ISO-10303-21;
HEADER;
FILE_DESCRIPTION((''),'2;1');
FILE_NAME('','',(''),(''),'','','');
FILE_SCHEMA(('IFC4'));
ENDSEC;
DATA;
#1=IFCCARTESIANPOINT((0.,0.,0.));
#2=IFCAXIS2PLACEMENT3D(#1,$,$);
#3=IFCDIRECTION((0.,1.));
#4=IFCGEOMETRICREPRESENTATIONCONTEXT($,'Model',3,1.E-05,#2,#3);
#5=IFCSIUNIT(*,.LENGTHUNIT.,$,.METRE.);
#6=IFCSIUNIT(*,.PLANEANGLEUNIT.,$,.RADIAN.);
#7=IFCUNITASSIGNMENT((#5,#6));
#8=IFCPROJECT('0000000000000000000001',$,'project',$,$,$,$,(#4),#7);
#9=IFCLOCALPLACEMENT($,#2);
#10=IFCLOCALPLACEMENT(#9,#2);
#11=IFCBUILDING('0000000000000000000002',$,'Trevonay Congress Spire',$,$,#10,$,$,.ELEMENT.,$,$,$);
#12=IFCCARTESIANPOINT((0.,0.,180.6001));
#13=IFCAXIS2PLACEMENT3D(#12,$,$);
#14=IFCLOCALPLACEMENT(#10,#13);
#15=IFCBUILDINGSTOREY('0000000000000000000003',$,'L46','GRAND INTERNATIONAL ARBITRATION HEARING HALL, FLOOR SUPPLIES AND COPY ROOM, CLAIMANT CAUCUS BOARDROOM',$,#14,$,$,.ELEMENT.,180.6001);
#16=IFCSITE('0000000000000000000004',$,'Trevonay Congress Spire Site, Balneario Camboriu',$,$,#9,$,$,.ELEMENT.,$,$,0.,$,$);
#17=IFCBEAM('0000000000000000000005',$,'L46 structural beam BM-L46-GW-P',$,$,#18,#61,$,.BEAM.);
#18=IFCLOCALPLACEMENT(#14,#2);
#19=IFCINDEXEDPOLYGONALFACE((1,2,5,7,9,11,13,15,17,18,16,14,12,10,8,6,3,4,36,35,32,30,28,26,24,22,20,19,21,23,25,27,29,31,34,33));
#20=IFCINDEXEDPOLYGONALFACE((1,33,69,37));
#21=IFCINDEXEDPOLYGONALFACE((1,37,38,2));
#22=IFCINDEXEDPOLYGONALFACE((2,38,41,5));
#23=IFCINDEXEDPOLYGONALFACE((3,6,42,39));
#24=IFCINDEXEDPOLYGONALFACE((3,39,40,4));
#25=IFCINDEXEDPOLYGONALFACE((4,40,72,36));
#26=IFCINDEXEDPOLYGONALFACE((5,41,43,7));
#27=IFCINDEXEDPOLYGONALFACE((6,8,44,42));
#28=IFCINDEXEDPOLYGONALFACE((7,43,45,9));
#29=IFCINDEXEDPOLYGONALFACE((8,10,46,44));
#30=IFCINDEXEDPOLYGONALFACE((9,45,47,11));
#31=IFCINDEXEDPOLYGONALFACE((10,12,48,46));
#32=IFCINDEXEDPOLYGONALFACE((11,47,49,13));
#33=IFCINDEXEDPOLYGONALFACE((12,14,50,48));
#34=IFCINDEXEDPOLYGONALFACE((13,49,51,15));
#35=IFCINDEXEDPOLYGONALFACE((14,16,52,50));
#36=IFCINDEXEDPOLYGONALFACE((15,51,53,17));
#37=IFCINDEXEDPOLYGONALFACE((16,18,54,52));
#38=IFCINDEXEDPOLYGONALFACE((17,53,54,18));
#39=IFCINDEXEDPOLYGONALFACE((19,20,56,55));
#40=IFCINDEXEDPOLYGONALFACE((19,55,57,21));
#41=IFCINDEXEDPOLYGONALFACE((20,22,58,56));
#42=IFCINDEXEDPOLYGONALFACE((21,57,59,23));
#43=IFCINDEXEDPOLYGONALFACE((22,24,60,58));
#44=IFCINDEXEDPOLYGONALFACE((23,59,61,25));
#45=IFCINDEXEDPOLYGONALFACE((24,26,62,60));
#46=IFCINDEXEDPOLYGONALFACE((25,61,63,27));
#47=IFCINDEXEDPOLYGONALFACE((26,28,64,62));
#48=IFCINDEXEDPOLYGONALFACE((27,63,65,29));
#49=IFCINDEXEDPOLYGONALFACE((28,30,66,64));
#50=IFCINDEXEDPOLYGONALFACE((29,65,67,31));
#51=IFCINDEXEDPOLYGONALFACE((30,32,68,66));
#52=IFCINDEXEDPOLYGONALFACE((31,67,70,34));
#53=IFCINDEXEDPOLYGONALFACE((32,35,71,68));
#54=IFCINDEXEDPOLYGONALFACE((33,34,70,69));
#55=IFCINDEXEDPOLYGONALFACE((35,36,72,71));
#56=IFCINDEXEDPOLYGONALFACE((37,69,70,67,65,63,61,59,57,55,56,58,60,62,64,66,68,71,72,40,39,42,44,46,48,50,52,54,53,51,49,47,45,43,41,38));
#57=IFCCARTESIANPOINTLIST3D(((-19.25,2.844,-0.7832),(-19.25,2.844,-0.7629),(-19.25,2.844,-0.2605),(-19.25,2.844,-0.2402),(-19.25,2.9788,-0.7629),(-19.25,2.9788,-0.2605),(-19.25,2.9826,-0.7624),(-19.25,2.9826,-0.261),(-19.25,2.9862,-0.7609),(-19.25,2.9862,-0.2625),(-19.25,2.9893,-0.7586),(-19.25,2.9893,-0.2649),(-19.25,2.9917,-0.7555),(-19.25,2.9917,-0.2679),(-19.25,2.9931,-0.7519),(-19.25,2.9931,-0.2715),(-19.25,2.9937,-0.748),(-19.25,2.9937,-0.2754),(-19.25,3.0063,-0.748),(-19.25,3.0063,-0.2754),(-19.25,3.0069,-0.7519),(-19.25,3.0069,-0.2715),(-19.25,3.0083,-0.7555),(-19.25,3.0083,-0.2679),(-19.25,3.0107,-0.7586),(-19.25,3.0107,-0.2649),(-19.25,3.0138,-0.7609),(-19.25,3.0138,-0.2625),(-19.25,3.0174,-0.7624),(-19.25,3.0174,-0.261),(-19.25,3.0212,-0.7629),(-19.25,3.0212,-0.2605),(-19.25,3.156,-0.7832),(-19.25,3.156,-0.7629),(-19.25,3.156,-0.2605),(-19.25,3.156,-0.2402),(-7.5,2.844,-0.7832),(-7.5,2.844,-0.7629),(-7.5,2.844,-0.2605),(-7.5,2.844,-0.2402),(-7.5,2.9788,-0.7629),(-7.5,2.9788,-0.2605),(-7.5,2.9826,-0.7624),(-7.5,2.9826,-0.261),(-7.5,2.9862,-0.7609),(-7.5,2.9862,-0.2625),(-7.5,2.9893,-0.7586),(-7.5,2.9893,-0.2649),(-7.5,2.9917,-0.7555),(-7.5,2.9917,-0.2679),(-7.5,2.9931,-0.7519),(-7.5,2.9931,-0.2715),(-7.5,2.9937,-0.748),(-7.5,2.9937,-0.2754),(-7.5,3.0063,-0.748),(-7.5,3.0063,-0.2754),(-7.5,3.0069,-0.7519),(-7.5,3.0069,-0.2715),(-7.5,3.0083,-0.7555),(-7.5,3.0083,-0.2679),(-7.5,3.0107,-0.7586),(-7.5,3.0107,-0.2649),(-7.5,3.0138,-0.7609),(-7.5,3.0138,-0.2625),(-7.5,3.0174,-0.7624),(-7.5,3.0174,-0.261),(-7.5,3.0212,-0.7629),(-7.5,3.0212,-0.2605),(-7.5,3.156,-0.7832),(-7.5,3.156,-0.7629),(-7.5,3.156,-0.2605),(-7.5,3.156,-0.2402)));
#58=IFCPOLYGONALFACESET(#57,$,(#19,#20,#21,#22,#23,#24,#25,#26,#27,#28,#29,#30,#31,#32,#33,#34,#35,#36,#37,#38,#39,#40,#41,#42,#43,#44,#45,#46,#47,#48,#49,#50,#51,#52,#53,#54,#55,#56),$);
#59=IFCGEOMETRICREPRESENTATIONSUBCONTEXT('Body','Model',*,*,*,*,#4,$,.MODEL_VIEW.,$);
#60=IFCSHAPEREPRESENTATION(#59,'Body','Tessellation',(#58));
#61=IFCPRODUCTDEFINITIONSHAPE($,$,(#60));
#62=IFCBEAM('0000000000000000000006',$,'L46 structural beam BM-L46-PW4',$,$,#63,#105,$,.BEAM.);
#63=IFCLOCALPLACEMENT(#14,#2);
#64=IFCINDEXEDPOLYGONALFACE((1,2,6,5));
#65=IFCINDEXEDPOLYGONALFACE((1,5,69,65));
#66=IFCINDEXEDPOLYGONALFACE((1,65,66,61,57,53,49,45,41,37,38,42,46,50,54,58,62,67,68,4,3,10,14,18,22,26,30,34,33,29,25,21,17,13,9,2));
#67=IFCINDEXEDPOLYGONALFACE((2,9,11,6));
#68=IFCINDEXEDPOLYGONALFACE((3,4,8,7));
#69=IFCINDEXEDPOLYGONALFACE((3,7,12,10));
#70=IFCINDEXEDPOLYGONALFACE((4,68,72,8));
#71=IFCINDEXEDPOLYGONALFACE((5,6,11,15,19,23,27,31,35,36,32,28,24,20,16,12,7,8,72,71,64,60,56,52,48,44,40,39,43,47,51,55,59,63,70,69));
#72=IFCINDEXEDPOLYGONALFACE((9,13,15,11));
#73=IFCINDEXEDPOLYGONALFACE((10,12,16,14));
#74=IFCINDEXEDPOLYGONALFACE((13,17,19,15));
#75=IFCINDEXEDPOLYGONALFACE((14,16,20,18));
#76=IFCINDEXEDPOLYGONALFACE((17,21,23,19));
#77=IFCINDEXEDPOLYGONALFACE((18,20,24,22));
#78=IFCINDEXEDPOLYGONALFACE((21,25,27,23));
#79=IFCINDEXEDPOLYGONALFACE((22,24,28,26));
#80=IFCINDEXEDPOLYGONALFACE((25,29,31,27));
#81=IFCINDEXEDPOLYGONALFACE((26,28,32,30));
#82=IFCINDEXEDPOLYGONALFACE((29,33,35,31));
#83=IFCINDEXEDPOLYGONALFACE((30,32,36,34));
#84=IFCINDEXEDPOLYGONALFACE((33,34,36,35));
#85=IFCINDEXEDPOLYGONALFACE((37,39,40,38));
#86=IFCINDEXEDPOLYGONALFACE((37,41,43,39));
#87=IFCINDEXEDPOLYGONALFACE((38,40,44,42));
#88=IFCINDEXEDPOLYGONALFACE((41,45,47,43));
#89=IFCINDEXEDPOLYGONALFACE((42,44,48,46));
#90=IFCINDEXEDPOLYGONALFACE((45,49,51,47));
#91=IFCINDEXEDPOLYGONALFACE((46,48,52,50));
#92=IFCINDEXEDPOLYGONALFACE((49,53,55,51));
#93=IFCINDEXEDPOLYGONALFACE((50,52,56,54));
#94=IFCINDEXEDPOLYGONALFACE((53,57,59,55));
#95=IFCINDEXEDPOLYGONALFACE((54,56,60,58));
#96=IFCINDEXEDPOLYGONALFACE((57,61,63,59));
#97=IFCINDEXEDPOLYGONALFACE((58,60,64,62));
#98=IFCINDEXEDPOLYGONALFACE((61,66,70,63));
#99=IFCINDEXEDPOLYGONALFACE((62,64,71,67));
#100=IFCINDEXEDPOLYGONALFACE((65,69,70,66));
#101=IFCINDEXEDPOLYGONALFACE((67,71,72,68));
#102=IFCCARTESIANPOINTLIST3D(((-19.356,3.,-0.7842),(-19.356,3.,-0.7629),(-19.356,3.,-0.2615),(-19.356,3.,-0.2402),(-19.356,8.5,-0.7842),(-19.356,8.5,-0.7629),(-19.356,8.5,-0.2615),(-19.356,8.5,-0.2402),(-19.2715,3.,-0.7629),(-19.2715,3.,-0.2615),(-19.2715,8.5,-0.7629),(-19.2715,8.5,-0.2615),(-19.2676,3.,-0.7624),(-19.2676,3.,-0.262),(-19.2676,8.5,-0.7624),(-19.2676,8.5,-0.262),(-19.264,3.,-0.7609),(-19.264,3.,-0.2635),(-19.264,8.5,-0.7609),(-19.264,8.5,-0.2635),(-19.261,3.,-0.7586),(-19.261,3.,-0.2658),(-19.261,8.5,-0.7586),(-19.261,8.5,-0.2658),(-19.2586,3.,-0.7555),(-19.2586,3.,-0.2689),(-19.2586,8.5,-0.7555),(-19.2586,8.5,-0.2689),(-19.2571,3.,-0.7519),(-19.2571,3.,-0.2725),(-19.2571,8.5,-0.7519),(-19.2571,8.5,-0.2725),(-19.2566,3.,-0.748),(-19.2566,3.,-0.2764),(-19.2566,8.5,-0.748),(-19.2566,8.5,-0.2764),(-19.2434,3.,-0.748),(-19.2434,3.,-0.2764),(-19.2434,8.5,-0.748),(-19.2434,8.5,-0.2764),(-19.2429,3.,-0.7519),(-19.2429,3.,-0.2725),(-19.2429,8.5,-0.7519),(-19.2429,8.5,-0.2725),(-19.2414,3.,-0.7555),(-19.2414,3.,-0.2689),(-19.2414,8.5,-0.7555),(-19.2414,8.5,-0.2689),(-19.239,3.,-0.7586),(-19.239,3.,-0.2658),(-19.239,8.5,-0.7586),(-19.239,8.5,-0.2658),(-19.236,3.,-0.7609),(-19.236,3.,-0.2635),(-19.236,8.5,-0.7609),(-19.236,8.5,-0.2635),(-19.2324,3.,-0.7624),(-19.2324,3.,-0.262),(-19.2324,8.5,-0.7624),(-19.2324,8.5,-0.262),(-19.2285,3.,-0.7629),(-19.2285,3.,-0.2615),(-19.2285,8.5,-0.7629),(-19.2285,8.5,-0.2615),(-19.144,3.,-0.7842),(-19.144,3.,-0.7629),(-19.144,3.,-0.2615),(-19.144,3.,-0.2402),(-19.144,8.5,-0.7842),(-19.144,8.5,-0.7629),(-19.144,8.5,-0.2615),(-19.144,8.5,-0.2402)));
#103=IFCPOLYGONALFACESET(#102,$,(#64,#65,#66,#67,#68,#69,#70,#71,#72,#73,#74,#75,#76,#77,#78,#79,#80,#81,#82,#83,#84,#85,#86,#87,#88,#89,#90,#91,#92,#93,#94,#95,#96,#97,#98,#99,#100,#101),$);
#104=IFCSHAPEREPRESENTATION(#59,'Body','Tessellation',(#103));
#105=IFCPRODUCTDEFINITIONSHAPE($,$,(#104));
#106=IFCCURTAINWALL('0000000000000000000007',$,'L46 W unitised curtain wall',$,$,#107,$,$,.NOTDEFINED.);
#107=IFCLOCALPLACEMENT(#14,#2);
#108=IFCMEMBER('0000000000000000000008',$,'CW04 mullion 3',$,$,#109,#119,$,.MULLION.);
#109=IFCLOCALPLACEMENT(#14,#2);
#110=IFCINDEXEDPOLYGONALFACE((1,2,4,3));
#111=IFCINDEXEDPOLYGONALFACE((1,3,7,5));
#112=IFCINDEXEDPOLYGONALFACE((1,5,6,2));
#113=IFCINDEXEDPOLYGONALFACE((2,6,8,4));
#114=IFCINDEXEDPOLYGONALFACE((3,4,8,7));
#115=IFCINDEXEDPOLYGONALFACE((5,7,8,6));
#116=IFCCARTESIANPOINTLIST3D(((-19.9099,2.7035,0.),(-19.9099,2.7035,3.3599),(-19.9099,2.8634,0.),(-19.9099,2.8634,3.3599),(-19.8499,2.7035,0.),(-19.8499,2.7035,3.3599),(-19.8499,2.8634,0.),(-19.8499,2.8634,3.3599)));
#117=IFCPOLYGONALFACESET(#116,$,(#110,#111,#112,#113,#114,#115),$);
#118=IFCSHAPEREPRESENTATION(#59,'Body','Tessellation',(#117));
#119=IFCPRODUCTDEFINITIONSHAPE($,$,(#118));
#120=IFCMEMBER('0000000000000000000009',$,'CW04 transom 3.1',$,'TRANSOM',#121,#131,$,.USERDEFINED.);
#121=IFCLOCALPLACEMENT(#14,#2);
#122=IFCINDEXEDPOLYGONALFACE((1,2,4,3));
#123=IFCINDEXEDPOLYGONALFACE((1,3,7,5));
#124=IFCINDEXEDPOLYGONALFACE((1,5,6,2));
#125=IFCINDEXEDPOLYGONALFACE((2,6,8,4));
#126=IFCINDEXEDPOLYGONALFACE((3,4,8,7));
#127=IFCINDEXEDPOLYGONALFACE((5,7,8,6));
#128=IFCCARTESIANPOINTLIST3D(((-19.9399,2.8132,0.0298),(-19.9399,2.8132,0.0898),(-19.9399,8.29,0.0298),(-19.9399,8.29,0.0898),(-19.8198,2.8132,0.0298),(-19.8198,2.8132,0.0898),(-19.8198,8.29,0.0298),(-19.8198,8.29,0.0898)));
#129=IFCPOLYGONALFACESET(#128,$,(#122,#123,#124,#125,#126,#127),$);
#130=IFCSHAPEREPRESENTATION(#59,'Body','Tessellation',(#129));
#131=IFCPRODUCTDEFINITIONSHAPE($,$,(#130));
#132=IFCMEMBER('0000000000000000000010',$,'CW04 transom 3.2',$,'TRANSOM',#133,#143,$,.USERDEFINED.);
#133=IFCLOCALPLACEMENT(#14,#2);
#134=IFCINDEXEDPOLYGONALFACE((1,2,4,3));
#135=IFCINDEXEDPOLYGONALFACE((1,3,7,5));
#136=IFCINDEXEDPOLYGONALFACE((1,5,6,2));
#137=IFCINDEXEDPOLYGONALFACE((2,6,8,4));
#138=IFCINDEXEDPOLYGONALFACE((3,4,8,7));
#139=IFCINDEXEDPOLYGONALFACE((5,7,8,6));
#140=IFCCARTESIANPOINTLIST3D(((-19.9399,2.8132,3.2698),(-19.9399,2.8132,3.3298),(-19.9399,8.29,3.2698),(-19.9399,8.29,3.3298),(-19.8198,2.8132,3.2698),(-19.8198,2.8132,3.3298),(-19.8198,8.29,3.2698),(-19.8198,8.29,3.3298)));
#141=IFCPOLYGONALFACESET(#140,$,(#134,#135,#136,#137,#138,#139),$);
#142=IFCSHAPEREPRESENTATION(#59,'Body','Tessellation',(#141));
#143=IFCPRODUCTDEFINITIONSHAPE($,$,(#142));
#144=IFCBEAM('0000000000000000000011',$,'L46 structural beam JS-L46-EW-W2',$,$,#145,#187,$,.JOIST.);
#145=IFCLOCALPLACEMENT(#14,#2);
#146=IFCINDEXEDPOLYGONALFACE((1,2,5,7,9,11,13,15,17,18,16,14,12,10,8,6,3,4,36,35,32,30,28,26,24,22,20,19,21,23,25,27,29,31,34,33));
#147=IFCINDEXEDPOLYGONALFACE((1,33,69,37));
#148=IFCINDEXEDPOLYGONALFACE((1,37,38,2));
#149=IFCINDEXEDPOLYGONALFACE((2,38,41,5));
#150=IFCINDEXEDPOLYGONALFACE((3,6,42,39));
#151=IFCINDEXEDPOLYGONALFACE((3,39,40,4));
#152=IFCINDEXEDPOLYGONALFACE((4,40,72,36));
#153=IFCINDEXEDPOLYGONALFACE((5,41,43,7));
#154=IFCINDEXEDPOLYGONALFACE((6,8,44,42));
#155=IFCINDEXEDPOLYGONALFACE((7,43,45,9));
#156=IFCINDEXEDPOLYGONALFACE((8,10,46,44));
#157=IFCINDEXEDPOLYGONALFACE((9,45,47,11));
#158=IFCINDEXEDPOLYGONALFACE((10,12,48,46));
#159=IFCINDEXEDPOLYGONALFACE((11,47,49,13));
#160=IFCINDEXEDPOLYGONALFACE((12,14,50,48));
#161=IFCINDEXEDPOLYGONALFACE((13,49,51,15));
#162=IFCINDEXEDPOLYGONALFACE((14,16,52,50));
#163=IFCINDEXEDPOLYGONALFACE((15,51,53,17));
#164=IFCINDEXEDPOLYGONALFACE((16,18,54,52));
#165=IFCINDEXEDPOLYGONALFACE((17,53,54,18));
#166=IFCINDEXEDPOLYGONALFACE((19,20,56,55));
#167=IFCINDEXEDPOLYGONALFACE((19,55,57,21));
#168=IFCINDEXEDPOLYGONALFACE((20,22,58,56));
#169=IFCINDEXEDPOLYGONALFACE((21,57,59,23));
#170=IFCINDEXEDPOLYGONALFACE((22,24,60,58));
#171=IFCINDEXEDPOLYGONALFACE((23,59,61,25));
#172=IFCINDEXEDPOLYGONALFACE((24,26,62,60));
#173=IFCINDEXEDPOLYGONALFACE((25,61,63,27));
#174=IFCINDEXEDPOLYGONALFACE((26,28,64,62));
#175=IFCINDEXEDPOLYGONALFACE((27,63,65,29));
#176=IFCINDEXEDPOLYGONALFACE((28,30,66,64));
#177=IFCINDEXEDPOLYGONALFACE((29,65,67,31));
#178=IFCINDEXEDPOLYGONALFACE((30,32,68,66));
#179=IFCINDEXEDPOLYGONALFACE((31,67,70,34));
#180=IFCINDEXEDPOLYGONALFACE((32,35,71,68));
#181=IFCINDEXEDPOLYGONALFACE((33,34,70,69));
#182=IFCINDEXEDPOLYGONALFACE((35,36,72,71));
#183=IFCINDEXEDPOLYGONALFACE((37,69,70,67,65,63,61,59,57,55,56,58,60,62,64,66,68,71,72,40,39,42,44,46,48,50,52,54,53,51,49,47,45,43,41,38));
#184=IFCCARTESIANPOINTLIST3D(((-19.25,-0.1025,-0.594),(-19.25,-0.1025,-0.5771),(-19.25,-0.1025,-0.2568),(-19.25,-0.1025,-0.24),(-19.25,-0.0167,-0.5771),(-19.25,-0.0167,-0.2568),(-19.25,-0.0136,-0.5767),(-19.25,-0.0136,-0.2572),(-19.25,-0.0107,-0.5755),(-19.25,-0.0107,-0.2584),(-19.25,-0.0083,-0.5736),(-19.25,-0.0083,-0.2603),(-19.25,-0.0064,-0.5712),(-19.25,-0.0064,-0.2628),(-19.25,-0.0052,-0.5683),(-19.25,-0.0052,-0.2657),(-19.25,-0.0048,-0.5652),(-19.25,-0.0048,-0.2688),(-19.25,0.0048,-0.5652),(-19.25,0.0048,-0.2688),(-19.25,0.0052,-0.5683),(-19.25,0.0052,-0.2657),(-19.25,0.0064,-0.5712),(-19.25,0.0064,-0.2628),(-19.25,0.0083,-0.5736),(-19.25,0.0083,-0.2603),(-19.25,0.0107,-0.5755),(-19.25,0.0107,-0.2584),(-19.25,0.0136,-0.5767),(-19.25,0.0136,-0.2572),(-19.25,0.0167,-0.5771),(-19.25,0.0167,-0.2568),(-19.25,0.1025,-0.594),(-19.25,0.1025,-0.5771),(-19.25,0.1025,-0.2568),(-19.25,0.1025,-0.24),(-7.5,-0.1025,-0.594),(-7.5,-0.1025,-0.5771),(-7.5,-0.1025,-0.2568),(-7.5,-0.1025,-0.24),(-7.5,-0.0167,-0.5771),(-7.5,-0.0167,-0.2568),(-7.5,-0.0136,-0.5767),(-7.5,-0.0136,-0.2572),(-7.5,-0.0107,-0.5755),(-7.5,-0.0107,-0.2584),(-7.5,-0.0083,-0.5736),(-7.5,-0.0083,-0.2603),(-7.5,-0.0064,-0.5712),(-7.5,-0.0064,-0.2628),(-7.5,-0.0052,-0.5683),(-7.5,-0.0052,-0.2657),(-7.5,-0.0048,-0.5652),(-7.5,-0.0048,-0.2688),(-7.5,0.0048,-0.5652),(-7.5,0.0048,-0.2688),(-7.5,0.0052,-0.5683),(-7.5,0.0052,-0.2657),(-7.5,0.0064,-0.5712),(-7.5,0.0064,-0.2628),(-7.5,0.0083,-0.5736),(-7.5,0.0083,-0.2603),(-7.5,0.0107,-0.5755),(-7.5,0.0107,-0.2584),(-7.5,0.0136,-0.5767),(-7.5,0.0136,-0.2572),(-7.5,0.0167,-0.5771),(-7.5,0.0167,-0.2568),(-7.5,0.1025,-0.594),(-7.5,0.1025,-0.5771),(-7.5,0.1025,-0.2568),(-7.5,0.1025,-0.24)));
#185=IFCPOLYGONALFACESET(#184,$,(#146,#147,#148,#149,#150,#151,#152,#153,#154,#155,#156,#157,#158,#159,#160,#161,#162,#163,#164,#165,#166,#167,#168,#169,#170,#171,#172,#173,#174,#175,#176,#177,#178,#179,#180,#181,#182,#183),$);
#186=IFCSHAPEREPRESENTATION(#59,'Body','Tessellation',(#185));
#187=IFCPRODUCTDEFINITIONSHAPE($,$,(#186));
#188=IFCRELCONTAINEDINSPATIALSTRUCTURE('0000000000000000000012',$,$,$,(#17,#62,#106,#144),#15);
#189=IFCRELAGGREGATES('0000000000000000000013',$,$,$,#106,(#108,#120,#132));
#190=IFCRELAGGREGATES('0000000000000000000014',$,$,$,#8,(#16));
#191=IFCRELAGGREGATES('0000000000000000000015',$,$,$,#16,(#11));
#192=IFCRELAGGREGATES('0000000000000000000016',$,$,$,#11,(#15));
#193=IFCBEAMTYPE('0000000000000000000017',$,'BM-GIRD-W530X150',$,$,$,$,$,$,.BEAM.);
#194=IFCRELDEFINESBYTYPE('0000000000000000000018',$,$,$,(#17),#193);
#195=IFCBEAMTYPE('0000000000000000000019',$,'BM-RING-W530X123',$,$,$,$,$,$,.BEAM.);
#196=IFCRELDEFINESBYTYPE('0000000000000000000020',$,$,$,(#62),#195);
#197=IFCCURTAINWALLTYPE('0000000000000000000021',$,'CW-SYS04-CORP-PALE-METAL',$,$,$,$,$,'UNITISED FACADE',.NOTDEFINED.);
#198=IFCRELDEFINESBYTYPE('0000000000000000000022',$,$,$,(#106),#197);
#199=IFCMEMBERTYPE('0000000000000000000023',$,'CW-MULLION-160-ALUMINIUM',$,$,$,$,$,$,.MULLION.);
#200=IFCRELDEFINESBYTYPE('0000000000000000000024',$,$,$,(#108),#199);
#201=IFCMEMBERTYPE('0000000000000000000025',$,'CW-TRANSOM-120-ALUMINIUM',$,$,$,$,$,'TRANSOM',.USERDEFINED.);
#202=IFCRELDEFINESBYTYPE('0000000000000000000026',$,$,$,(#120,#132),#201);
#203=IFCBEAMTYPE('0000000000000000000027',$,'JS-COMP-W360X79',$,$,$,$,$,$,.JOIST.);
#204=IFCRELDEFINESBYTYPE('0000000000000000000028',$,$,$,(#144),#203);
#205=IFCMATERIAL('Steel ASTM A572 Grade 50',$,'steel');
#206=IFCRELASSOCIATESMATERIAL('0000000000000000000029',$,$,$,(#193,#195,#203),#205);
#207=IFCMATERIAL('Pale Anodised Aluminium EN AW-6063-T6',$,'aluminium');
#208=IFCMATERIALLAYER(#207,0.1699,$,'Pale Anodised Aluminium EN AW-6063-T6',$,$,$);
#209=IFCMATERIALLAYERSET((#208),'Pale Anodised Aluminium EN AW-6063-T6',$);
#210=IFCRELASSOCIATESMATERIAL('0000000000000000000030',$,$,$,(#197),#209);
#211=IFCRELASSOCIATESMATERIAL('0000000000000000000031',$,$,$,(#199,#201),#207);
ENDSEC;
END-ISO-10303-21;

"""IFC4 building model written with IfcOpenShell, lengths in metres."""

from ifc_helpers import new_model, si_unit, direction, frame, origin, origin_2d, place, context, subcontext, project, spatial, rectangle, i_section, extrude, material, layer, layer_set, material_profile, profile_set, type_object, element, aggregate, save


model = new_model("IFC4")

# Units and contexts
model_context = context("Model", 3, precision=1e-05, world=origin(), true_north=direction((0.0, 1.0)))
body_context = subcontext(model_context, "Body", "Model", "MODEL_VIEW")
ifc_project = project(units=[si_unit("LENGTHUNIT", "METRE"), si_unit("PLANEANGLEUNIT", "RADIAN")], contexts=[model_context])

# Site, building, storey
site_placement = place(None, origin())
site = spatial("IfcSite", under=ifc_project, at=site_placement, Name="Trevonay Congress Spire Site, Balneario Camboriu", CompositionType="ELEMENT", RefElevation=0.0)
building_placement = place(site_placement, origin())
building = spatial("IfcBuilding", under=site, at=building_placement, Name="Trevonay Congress Spire", CompositionType="ELEMENT")
storey_placement = place(building_placement, frame((0.0, 0.0, 180.6001)))
storey = spatial("IfcBuildingStorey", under=building, at=storey_placement, Name="L46", Description="GRAND INTERNATIONAL ARBITRATION HEARING HALL, FLOOR SUPPLIES AND COPY ROOM, CLAIMANT CAUCUS BOARDROOM", CompositionType="ELEMENT", Elevation=180.6001)

# Shared definitions
ifc_material_1 = material(Name="Steel ASTM A572 Grade 50", Category="steel")

# Beams
ifc_material_profile_1 = material_profile(ifc_material_1, i_section(OverallWidth=0.312, OverallDepth=0.543, WebThickness=0.0127, FlangeThickness=0.0203, FilletRadius=0.0149, at=origin_2d()), Name="W530x150")
ifc_profile_set_1 = profile_set([ifc_material_profile_1], Name="Steel ASTM A572 Grade 50")
beam_type_1 = type_object("IfcBeamType", Name="BM-GIRD-W530X150", PredefinedType="BEAM", material=ifc_profile_set_1)
beam_1_placement = place(storey_placement, frame((-7.5, 3.0, -0.5117), z_axis=(-1.0, 0.0, 0.0), x_axis=(0.0, -1.0, 0.0)))
element("IfcBeam", 1, at=beam_1_placement, inside=storey, type_object=beam_type_1, Name="L46 structural beam BM-L46-GW-P", PredefinedType="BEAM", context=body_context, shape_type="SweptSolid", body=[
    extrude(i_section(OverallWidth=0.312, OverallDepth=0.543, WebThickness=0.0127, FlangeThickness=0.0203, FilletRadius=0.0149, at=origin_2d()), origin(), (0.0, 0.0, 1.0), 11.75),
])
ifc_material_profile_2 = material_profile(ifc_material_1, i_section(OverallWidth=0.2119, OverallDepth=0.5439, WebThickness=0.0132, FlangeThickness=0.0212, FilletRadius=0.0149, at=origin_2d()), Name="W530x123")
ifc_profile_set_2 = profile_set([ifc_material_profile_2], Name="Steel ASTM A572 Grade 50")
beam_type_2 = type_object("IfcBeamType", Name="BM-RING-W530X123", PredefinedType="BEAM", material=ifc_profile_set_2)
beam_2_placement = place(storey_placement, frame((-19.25, 3.0, -0.5122), z_axis=(0.0, 1.0, 0.0), x_axis=(-1.0, 0.0, 0.0)))
element("IfcBeam", 2, at=beam_2_placement, inside=storey, type_object=beam_type_2, Name="L46 structural beam BM-L46-PW4", PredefinedType="BEAM", context=body_context, shape_type="SweptSolid", body=[
    extrude(i_section(OverallWidth=0.2119, OverallDepth=0.5439, WebThickness=0.0132, FlangeThickness=0.0212, FilletRadius=0.0149, at=origin_2d()), origin(), (0.0, 0.0, 1.0), 5.5),
])

# Curtain wall, members
ifc_material_2 = material(Name="Pale Anodised Aluminium EN AW-6063-T6", Category="aluminium")
ifc_layer_1 = layer(ifc_material_2, 0.1699, Name="Pale Anodised Aluminium EN AW-6063-T6")
ifc_layer_set_1 = layer_set([ifc_layer_1], Name="Pale Anodised Aluminium EN AW-6063-T6")
curtain_wall_type = type_object("IfcCurtainWallType", Name="CW-SYS04-CORP-PALE-METAL", ElementType="UNITISED FACADE", PredefinedType="NOTDEFINED", material=ifc_layer_set_1)
curtain_wall_placement = place(storey_placement, origin())
curtain_wall = element("IfcCurtainWall", 3, at=curtain_wall_placement, inside=storey, type_object=curtain_wall_type, Name="L46 W unitised curtain wall", PredefinedType="NOTDEFINED")
ifc_material_profile_3 = material_profile(ifc_material_2, rectangle(XDim=0.0601, YDim=0.1599, at=origin_2d()), Name="CW-MULLION-160-ALUMINIUM")
ifc_profile_set_3 = profile_set([ifc_material_profile_3], Name="Pale Anodised Aluminium EN AW-6063-T6")
member_type_1 = type_object("IfcMemberType", Name="CW-MULLION-160-ALUMINIUM", PredefinedType="MULLION", material=ifc_profile_set_3)
member_1_placement = place(storey_placement, frame((-19.8799, 2.7834, 0.0), z_axis=(0.0, 0.0, 1.0), x_axis=(-1.0, 0.0, 0.0)))
member_1 = element("IfcMember", 4, at=member_1_placement, type_object=member_type_1, Name="CW04 mullion 3", PredefinedType="MULLION", context=body_context, shape_type="SweptSolid", body=[
    extrude(rectangle(XDim=0.0601, YDim=0.1599, at=origin_2d()), origin(), (0.0, 0.0, 1.0), 3.3599),
])
ifc_material_profile_4 = material_profile(ifc_material_2, rectangle(XDim=0.1201, YDim=0.0601, at=origin_2d()), Name="CW-TRANSOM-120-ALUMINIUM")
ifc_profile_set_4 = profile_set([ifc_material_profile_4], Name="Pale Anodised Aluminium EN AW-6063-T6")
member_type_2 = type_object("IfcMemberType", Name="CW-TRANSOM-120-ALUMINIUM", ElementType="TRANSOM", PredefinedType="USERDEFINED", material=ifc_profile_set_4)
member_2_placement = place(storey_placement, frame((-19.8799, 2.8132, 0.0598), z_axis=(0.0, 1.0, 0.0), x_axis=(-1.0, 0.0, 0.0)))
member_2 = element("IfcMember", 5, at=member_2_placement, type_object=member_type_2, Name="CW04 transom 3.1", ObjectType="TRANSOM", PredefinedType="USERDEFINED", context=body_context, shape_type="SweptSolid", body=[
    extrude(rectangle(XDim=0.1201, YDim=0.0601, at=origin_2d()), origin(), (0.0, 0.0, 1.0), 5.4768),
])
member_3_placement = place(storey_placement, frame((-19.8799, 2.8132, 3.2998), z_axis=(0.0, 1.0, 0.0), x_axis=(-1.0, 0.0, 0.0)))
member_3 = element("IfcMember", 6, at=member_3_placement, type_object=member_type_2, Name="CW04 transom 3.2", ObjectType="TRANSOM", PredefinedType="USERDEFINED", context=body_context, shape_type="SweptSolid", body=[
    extrude(rectangle(XDim=0.1201, YDim=0.0601, at=origin_2d()), origin(), (0.0, 0.0, 1.0), 5.4768),
])

# Beam
ifc_material_profile_5 = material_profile(ifc_material_1, i_section(OverallWidth=0.2051, OverallDepth=0.354, WebThickness=0.0095, FlangeThickness=0.0168, FilletRadius=0.012, at=origin_2d()), Name="W360x79")
ifc_profile_set_5 = profile_set([ifc_material_profile_5], Name="Steel ASTM A572 Grade 50")
beam_type_3 = type_object("IfcBeamType", Name="JS-COMP-W360X79", PredefinedType="JOIST", material=ifc_profile_set_5)
for number, where, z_axis, x_axis, name in (
    (7, (-19.25, 0.0, -0.417), (1.0, 0.0, 0.0), (0.0, 1.0, 0.0), "L46 structural beam JS-L46-EW-W2"),
):
    element("IfcBeam", number, at=place(storey_placement, frame(where, z_axis=z_axis, x_axis=x_axis)), inside=storey, type_object=beam_type_3, Name=name, PredefinedType="JOIST", context=body_context, shape_type="SweptSolid", body=[
        extrude(i_section(OverallWidth=0.2051, OverallDepth=0.354, WebThickness=0.0095, FlangeThickness=0.0168, FilletRadius=0.012, at=origin_2d()), origin(), (0.0, 0.0, 1.0), 11.75),
    ])

aggregate(curtain_wall, [member_1, member_2, member_3])

save(model, "model.ifc")
